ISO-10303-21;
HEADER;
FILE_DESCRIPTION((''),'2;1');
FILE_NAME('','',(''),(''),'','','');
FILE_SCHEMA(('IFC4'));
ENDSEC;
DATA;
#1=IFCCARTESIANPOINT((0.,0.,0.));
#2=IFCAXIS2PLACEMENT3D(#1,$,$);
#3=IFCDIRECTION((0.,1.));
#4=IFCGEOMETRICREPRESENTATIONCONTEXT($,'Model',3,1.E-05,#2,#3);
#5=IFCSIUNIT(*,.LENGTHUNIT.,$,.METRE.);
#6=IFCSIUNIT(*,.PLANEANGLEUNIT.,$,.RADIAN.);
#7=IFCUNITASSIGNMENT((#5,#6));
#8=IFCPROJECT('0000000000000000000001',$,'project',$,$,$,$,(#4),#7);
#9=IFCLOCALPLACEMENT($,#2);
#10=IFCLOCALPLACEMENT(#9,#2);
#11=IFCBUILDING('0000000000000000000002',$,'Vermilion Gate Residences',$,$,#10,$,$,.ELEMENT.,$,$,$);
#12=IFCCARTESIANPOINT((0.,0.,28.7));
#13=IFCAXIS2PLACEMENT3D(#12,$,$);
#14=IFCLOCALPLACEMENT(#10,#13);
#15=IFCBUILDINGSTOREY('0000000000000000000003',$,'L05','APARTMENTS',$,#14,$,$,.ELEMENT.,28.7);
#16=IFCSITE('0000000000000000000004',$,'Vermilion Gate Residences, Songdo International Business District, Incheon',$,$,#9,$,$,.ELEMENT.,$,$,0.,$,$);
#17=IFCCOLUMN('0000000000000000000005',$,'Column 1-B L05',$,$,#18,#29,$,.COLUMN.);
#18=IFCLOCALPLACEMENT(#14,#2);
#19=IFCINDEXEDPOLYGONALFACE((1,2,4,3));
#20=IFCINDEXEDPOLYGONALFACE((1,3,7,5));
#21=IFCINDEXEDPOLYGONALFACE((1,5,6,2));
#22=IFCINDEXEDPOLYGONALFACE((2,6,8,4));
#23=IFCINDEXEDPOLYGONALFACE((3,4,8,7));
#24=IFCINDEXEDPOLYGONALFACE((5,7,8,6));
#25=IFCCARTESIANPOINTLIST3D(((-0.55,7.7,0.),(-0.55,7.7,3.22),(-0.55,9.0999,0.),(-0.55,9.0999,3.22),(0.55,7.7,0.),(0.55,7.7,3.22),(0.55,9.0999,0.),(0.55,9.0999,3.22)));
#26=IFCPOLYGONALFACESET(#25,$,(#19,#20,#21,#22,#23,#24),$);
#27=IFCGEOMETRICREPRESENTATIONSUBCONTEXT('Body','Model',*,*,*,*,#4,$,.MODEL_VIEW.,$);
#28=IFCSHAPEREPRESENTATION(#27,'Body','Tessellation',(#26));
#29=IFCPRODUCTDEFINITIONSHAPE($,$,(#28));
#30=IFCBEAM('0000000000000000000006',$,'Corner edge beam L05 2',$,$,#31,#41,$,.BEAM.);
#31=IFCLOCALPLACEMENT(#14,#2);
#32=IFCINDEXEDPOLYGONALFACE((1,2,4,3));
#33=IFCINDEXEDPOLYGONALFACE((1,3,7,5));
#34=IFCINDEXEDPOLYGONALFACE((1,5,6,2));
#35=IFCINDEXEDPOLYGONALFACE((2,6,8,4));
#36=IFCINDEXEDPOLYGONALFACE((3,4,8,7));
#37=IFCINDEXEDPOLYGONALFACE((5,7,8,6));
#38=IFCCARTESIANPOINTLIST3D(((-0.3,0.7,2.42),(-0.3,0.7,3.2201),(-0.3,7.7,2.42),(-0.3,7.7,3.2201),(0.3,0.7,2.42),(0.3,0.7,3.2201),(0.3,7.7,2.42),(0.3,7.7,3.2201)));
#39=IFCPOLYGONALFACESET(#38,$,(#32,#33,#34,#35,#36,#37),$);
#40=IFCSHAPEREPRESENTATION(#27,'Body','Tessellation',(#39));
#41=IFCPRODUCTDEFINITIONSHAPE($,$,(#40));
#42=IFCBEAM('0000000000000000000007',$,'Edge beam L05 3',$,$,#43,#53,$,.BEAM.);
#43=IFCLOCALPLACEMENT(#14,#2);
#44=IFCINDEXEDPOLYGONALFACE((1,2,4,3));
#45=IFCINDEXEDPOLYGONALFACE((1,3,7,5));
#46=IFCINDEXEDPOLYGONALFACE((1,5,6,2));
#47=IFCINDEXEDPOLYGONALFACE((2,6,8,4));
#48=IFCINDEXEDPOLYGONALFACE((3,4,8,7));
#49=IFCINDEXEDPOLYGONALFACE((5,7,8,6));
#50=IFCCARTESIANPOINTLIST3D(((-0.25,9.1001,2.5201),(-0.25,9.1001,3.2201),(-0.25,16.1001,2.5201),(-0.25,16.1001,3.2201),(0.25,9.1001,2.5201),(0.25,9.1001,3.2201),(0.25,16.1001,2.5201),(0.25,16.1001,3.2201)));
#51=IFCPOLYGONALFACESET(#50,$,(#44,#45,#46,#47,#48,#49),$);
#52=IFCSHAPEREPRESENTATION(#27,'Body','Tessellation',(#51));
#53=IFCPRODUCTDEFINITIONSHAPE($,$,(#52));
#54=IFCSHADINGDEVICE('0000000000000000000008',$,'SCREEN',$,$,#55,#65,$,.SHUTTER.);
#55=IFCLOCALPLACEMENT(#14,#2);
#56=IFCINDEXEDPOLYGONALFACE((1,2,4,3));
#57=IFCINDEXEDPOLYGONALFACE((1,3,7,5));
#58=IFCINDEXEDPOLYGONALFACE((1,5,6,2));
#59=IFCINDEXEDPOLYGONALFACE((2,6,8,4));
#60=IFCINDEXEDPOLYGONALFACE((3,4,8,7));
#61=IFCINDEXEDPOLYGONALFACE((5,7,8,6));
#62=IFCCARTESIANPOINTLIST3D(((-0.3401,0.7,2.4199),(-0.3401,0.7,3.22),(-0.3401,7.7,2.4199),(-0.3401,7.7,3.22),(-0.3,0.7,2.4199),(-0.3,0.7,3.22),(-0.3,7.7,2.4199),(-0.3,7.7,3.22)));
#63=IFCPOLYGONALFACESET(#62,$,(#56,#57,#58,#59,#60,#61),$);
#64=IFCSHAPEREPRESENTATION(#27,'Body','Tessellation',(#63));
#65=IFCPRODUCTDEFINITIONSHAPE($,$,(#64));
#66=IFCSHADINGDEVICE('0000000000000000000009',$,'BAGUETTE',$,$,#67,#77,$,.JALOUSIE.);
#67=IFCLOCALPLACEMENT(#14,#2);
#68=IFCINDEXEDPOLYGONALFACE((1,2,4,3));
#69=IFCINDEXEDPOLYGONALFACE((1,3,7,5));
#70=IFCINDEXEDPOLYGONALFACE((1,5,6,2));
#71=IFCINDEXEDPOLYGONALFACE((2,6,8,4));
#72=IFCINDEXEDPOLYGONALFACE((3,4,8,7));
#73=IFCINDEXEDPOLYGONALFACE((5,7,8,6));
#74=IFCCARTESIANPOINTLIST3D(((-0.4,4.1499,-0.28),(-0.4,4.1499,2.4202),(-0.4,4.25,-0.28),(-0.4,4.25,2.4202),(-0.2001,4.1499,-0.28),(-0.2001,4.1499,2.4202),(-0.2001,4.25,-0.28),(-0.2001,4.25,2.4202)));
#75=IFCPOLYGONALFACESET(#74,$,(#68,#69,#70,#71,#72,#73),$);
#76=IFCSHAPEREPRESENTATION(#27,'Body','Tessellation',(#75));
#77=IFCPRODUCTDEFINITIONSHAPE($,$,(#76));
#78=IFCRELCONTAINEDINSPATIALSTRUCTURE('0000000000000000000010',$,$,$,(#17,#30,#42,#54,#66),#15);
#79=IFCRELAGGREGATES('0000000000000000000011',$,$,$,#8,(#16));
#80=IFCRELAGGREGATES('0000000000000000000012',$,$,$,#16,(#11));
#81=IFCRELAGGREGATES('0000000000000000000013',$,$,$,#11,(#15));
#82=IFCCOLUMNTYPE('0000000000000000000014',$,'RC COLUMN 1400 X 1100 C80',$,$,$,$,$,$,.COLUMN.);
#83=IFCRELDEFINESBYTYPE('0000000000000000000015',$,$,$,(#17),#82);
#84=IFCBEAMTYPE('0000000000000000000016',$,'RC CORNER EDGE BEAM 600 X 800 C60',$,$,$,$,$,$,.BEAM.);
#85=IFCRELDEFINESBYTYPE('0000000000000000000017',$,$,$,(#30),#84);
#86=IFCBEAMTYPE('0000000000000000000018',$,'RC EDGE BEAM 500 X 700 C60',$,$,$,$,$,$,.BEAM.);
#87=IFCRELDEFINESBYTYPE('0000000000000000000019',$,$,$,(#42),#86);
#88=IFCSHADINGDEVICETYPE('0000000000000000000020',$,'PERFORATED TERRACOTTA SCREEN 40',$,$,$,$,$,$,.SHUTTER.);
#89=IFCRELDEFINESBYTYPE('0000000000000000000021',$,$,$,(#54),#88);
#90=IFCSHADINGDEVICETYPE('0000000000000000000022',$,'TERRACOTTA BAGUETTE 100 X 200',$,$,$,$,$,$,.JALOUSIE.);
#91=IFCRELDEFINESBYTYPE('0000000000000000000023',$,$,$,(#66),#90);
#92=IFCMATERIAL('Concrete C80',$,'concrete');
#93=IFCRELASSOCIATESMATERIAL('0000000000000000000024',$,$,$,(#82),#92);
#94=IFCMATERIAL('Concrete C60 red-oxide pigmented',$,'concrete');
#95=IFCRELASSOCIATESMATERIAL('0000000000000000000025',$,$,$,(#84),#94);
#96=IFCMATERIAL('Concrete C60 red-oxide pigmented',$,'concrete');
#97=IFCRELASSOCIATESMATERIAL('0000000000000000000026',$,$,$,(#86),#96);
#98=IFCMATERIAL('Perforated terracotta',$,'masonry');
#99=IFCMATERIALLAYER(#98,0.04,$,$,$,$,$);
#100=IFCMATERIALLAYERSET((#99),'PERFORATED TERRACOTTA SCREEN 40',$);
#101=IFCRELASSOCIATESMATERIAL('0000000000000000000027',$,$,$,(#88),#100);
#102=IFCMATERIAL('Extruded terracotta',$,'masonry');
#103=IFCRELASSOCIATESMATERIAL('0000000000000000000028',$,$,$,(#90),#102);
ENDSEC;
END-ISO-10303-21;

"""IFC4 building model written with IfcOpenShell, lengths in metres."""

from ifc_helpers import new_model, si_unit, direction, frame, origin, origin_2d, place, context, subcontext, project, spatial, rectangle, extrude, material, layer, layer_set, material_profile, profile_set, type_object, element, save


model = new_model("IFC4")

# Units and contexts
model_context = context("Model", 3, precision=1e-05, world=origin(), true_north=direction((0.0, 1.0)))
body_context = subcontext(model_context, "Body", "Model", "MODEL_VIEW")
ifc_project = project(units=[si_unit("LENGTHUNIT", "METRE"), si_unit("PLANEANGLEUNIT", "RADIAN")], contexts=[model_context])

# Site, building, storey
site_placement = place(None, origin())
site = spatial("IfcSite", under=ifc_project, at=site_placement, Name="Vermilion Gate Residences, Songdo International Business District, Incheon", CompositionType="ELEMENT", RefElevation=0.0)
building_placement = place(site_placement, origin())
building = spatial("IfcBuilding", under=site, at=building_placement, Name="Vermilion Gate Residences", CompositionType="ELEMENT")
storey_placement = place(building_placement, frame((0.0, 0.0, 28.7)))
storey = spatial("IfcBuildingStorey", under=building, at=storey_placement, Name="L05", Description="APARTMENTS", CompositionType="ELEMENT", Elevation=28.7)

# Column
ifc_material_1 = material(Name="Concrete C80", Category="concrete")
ifc_material_profile_1 = material_profile(ifc_material_1, rectangle(XDim=1.3999, YDim=1.1001, at=origin_2d()), Name="RC-1400x1100")
ifc_profile_set_1 = profile_set([ifc_material_profile_1], Name="Concrete C80")
column_type = type_object("IfcColumnType", Name="RC COLUMN 1400 X 1100 C80", PredefinedType="COLUMN", material=ifc_profile_set_1)
column_placement = place(storey_placement, frame((0.0, 8.3999, 0.0), z_axis=(0.0, 0.0, 1.0), x_axis=(0.0, 1.0, 0.0)))
element("IfcColumn", 1, at=column_placement, inside=storey, type_object=column_type, Name="Column 1-B L05", PredefinedType="COLUMN", context=body_context, shape_type="SweptSolid", body=[
    extrude(rectangle(XDim=1.3999, YDim=1.1001, at=origin_2d()), origin(), (0.0, 0.0, 1.0), 3.22),
])

# Beams
ifc_material_2 = material(Name="Concrete C60 red-oxide pigmented", Category="concrete")
ifc_material_profile_2 = material_profile(ifc_material_2, rectangle(XDim=0.6001, YDim=0.8, at=origin_2d()), Name="RC-600x800")
ifc_profile_set_2 = profile_set([ifc_material_profile_2], Name="Concrete C60 red-oxide pigmented")
beam_type_1 = type_object("IfcBeamType", Name="RC CORNER EDGE BEAM 600 X 800 C60", PredefinedType="BEAM", material=ifc_profile_set_2)
beam_1_placement = place(storey_placement, frame((0.0, 0.7, 2.8201), z_axis=(0.0, 1.0, 0.0), x_axis=(-1.0, 0.0, 0.0)))
element("IfcBeam", 2, at=beam_1_placement, inside=storey, type_object=beam_type_1, Name="Corner edge beam L05 2", PredefinedType="BEAM", context=body_context, shape_type="SweptSolid", body=[
    extrude(rectangle(XDim=0.6001, YDim=0.8, at=origin_2d()), origin(), (0.0, 0.0, 1.0), 7.0),
])
ifc_material_3 = material(Name="Concrete C60 red-oxide pigmented", Category="concrete")
ifc_material_profile_3 = material_profile(ifc_material_3, rectangle(XDim=0.5, YDim=0.7, at=origin_2d()), Name="RC-500x700")
ifc_profile_set_3 = profile_set([ifc_material_profile_3], Name="Concrete C60 red-oxide pigmented")
beam_type_2 = type_object("IfcBeamType", Name="RC EDGE BEAM 500 X 700 C60", PredefinedType="BEAM", material=ifc_profile_set_3)
beam_2_placement = place(storey_placement, frame((0.0, 9.1001, 2.8701), z_axis=(0.0, 1.0, 0.0), x_axis=(-1.0, 0.0, 0.0)))
element("IfcBeam", 3, at=beam_2_placement, inside=storey, type_object=beam_type_2, Name="Edge beam L05 3", PredefinedType="BEAM", context=body_context, shape_type="SweptSolid", body=[
    extrude(rectangle(XDim=0.5, YDim=0.7, at=origin_2d()), origin(), (0.0, 0.0, 1.0), 7.0),
])

# Shading devices
ifc_material_4 = material(Name="Perforated terracotta", Category="masonry")
ifc_layer = layer(ifc_material_4, 0.04)
ifc_layer_set = layer_set([ifc_layer], Name="PERFORATED TERRACOTTA SCREEN 40")
shading_device_type_1 = type_object("IfcShadingDeviceType", Name="PERFORATED TERRACOTTA SCREEN 40", PredefinedType="SHUTTER", material=ifc_layer_set)
shading_device_1_placement = place(storey_placement, frame((-0.3201, 4.2, 2.4199), z_axis=(0.0, 0.0, 1.0), x_axis=(0.0, -1.0, 0.0)))
element("IfcShadingDevice", 4, at=shading_device_1_placement, inside=storey, type_object=shading_device_type_1, Name="SCREEN", PredefinedType="SHUTTER", context=body_context, shape_type="SweptSolid", body=[
    extrude(rectangle(XDim=7.0, YDim=0.04, at=origin_2d()), origin(), (0.0, 0.0, 1.0), 0.8),
])
ifc_material_5 = material(Name="Extruded terracotta", Category="masonry")
ifc_material_profile_4 = material_profile(ifc_material_5, rectangle(XDim=0.2, YDim=0.1001, at=origin_2d()), Name="BAGUETTE 100 X 200")
ifc_profile_set_4 = profile_set([ifc_material_profile_4], Name="Extruded terracotta")
shading_device_type_2 = type_object("IfcShadingDeviceType", Name="TERRACOTTA BAGUETTE 100 X 200", PredefinedType="JALOUSIE", material=ifc_profile_set_4)
shading_device_2_placement = place(storey_placement, frame((-0.3, 4.2, -0.28), z_axis=(0.0, 0.0, 1.0), x_axis=(1.0, 0.0, 0.0)))
element("IfcShadingDevice", 5, at=shading_device_2_placement, inside=storey, type_object=shading_device_type_2, Name="BAGUETTE", PredefinedType="JALOUSIE", context=body_context, shape_type="SweptSolid", body=[
    extrude(rectangle(XDim=0.2, YDim=0.1001, at=origin_2d()), origin(), (0.0, 0.0, 1.0), 2.7002),
])

save(model, "model.ifc")
